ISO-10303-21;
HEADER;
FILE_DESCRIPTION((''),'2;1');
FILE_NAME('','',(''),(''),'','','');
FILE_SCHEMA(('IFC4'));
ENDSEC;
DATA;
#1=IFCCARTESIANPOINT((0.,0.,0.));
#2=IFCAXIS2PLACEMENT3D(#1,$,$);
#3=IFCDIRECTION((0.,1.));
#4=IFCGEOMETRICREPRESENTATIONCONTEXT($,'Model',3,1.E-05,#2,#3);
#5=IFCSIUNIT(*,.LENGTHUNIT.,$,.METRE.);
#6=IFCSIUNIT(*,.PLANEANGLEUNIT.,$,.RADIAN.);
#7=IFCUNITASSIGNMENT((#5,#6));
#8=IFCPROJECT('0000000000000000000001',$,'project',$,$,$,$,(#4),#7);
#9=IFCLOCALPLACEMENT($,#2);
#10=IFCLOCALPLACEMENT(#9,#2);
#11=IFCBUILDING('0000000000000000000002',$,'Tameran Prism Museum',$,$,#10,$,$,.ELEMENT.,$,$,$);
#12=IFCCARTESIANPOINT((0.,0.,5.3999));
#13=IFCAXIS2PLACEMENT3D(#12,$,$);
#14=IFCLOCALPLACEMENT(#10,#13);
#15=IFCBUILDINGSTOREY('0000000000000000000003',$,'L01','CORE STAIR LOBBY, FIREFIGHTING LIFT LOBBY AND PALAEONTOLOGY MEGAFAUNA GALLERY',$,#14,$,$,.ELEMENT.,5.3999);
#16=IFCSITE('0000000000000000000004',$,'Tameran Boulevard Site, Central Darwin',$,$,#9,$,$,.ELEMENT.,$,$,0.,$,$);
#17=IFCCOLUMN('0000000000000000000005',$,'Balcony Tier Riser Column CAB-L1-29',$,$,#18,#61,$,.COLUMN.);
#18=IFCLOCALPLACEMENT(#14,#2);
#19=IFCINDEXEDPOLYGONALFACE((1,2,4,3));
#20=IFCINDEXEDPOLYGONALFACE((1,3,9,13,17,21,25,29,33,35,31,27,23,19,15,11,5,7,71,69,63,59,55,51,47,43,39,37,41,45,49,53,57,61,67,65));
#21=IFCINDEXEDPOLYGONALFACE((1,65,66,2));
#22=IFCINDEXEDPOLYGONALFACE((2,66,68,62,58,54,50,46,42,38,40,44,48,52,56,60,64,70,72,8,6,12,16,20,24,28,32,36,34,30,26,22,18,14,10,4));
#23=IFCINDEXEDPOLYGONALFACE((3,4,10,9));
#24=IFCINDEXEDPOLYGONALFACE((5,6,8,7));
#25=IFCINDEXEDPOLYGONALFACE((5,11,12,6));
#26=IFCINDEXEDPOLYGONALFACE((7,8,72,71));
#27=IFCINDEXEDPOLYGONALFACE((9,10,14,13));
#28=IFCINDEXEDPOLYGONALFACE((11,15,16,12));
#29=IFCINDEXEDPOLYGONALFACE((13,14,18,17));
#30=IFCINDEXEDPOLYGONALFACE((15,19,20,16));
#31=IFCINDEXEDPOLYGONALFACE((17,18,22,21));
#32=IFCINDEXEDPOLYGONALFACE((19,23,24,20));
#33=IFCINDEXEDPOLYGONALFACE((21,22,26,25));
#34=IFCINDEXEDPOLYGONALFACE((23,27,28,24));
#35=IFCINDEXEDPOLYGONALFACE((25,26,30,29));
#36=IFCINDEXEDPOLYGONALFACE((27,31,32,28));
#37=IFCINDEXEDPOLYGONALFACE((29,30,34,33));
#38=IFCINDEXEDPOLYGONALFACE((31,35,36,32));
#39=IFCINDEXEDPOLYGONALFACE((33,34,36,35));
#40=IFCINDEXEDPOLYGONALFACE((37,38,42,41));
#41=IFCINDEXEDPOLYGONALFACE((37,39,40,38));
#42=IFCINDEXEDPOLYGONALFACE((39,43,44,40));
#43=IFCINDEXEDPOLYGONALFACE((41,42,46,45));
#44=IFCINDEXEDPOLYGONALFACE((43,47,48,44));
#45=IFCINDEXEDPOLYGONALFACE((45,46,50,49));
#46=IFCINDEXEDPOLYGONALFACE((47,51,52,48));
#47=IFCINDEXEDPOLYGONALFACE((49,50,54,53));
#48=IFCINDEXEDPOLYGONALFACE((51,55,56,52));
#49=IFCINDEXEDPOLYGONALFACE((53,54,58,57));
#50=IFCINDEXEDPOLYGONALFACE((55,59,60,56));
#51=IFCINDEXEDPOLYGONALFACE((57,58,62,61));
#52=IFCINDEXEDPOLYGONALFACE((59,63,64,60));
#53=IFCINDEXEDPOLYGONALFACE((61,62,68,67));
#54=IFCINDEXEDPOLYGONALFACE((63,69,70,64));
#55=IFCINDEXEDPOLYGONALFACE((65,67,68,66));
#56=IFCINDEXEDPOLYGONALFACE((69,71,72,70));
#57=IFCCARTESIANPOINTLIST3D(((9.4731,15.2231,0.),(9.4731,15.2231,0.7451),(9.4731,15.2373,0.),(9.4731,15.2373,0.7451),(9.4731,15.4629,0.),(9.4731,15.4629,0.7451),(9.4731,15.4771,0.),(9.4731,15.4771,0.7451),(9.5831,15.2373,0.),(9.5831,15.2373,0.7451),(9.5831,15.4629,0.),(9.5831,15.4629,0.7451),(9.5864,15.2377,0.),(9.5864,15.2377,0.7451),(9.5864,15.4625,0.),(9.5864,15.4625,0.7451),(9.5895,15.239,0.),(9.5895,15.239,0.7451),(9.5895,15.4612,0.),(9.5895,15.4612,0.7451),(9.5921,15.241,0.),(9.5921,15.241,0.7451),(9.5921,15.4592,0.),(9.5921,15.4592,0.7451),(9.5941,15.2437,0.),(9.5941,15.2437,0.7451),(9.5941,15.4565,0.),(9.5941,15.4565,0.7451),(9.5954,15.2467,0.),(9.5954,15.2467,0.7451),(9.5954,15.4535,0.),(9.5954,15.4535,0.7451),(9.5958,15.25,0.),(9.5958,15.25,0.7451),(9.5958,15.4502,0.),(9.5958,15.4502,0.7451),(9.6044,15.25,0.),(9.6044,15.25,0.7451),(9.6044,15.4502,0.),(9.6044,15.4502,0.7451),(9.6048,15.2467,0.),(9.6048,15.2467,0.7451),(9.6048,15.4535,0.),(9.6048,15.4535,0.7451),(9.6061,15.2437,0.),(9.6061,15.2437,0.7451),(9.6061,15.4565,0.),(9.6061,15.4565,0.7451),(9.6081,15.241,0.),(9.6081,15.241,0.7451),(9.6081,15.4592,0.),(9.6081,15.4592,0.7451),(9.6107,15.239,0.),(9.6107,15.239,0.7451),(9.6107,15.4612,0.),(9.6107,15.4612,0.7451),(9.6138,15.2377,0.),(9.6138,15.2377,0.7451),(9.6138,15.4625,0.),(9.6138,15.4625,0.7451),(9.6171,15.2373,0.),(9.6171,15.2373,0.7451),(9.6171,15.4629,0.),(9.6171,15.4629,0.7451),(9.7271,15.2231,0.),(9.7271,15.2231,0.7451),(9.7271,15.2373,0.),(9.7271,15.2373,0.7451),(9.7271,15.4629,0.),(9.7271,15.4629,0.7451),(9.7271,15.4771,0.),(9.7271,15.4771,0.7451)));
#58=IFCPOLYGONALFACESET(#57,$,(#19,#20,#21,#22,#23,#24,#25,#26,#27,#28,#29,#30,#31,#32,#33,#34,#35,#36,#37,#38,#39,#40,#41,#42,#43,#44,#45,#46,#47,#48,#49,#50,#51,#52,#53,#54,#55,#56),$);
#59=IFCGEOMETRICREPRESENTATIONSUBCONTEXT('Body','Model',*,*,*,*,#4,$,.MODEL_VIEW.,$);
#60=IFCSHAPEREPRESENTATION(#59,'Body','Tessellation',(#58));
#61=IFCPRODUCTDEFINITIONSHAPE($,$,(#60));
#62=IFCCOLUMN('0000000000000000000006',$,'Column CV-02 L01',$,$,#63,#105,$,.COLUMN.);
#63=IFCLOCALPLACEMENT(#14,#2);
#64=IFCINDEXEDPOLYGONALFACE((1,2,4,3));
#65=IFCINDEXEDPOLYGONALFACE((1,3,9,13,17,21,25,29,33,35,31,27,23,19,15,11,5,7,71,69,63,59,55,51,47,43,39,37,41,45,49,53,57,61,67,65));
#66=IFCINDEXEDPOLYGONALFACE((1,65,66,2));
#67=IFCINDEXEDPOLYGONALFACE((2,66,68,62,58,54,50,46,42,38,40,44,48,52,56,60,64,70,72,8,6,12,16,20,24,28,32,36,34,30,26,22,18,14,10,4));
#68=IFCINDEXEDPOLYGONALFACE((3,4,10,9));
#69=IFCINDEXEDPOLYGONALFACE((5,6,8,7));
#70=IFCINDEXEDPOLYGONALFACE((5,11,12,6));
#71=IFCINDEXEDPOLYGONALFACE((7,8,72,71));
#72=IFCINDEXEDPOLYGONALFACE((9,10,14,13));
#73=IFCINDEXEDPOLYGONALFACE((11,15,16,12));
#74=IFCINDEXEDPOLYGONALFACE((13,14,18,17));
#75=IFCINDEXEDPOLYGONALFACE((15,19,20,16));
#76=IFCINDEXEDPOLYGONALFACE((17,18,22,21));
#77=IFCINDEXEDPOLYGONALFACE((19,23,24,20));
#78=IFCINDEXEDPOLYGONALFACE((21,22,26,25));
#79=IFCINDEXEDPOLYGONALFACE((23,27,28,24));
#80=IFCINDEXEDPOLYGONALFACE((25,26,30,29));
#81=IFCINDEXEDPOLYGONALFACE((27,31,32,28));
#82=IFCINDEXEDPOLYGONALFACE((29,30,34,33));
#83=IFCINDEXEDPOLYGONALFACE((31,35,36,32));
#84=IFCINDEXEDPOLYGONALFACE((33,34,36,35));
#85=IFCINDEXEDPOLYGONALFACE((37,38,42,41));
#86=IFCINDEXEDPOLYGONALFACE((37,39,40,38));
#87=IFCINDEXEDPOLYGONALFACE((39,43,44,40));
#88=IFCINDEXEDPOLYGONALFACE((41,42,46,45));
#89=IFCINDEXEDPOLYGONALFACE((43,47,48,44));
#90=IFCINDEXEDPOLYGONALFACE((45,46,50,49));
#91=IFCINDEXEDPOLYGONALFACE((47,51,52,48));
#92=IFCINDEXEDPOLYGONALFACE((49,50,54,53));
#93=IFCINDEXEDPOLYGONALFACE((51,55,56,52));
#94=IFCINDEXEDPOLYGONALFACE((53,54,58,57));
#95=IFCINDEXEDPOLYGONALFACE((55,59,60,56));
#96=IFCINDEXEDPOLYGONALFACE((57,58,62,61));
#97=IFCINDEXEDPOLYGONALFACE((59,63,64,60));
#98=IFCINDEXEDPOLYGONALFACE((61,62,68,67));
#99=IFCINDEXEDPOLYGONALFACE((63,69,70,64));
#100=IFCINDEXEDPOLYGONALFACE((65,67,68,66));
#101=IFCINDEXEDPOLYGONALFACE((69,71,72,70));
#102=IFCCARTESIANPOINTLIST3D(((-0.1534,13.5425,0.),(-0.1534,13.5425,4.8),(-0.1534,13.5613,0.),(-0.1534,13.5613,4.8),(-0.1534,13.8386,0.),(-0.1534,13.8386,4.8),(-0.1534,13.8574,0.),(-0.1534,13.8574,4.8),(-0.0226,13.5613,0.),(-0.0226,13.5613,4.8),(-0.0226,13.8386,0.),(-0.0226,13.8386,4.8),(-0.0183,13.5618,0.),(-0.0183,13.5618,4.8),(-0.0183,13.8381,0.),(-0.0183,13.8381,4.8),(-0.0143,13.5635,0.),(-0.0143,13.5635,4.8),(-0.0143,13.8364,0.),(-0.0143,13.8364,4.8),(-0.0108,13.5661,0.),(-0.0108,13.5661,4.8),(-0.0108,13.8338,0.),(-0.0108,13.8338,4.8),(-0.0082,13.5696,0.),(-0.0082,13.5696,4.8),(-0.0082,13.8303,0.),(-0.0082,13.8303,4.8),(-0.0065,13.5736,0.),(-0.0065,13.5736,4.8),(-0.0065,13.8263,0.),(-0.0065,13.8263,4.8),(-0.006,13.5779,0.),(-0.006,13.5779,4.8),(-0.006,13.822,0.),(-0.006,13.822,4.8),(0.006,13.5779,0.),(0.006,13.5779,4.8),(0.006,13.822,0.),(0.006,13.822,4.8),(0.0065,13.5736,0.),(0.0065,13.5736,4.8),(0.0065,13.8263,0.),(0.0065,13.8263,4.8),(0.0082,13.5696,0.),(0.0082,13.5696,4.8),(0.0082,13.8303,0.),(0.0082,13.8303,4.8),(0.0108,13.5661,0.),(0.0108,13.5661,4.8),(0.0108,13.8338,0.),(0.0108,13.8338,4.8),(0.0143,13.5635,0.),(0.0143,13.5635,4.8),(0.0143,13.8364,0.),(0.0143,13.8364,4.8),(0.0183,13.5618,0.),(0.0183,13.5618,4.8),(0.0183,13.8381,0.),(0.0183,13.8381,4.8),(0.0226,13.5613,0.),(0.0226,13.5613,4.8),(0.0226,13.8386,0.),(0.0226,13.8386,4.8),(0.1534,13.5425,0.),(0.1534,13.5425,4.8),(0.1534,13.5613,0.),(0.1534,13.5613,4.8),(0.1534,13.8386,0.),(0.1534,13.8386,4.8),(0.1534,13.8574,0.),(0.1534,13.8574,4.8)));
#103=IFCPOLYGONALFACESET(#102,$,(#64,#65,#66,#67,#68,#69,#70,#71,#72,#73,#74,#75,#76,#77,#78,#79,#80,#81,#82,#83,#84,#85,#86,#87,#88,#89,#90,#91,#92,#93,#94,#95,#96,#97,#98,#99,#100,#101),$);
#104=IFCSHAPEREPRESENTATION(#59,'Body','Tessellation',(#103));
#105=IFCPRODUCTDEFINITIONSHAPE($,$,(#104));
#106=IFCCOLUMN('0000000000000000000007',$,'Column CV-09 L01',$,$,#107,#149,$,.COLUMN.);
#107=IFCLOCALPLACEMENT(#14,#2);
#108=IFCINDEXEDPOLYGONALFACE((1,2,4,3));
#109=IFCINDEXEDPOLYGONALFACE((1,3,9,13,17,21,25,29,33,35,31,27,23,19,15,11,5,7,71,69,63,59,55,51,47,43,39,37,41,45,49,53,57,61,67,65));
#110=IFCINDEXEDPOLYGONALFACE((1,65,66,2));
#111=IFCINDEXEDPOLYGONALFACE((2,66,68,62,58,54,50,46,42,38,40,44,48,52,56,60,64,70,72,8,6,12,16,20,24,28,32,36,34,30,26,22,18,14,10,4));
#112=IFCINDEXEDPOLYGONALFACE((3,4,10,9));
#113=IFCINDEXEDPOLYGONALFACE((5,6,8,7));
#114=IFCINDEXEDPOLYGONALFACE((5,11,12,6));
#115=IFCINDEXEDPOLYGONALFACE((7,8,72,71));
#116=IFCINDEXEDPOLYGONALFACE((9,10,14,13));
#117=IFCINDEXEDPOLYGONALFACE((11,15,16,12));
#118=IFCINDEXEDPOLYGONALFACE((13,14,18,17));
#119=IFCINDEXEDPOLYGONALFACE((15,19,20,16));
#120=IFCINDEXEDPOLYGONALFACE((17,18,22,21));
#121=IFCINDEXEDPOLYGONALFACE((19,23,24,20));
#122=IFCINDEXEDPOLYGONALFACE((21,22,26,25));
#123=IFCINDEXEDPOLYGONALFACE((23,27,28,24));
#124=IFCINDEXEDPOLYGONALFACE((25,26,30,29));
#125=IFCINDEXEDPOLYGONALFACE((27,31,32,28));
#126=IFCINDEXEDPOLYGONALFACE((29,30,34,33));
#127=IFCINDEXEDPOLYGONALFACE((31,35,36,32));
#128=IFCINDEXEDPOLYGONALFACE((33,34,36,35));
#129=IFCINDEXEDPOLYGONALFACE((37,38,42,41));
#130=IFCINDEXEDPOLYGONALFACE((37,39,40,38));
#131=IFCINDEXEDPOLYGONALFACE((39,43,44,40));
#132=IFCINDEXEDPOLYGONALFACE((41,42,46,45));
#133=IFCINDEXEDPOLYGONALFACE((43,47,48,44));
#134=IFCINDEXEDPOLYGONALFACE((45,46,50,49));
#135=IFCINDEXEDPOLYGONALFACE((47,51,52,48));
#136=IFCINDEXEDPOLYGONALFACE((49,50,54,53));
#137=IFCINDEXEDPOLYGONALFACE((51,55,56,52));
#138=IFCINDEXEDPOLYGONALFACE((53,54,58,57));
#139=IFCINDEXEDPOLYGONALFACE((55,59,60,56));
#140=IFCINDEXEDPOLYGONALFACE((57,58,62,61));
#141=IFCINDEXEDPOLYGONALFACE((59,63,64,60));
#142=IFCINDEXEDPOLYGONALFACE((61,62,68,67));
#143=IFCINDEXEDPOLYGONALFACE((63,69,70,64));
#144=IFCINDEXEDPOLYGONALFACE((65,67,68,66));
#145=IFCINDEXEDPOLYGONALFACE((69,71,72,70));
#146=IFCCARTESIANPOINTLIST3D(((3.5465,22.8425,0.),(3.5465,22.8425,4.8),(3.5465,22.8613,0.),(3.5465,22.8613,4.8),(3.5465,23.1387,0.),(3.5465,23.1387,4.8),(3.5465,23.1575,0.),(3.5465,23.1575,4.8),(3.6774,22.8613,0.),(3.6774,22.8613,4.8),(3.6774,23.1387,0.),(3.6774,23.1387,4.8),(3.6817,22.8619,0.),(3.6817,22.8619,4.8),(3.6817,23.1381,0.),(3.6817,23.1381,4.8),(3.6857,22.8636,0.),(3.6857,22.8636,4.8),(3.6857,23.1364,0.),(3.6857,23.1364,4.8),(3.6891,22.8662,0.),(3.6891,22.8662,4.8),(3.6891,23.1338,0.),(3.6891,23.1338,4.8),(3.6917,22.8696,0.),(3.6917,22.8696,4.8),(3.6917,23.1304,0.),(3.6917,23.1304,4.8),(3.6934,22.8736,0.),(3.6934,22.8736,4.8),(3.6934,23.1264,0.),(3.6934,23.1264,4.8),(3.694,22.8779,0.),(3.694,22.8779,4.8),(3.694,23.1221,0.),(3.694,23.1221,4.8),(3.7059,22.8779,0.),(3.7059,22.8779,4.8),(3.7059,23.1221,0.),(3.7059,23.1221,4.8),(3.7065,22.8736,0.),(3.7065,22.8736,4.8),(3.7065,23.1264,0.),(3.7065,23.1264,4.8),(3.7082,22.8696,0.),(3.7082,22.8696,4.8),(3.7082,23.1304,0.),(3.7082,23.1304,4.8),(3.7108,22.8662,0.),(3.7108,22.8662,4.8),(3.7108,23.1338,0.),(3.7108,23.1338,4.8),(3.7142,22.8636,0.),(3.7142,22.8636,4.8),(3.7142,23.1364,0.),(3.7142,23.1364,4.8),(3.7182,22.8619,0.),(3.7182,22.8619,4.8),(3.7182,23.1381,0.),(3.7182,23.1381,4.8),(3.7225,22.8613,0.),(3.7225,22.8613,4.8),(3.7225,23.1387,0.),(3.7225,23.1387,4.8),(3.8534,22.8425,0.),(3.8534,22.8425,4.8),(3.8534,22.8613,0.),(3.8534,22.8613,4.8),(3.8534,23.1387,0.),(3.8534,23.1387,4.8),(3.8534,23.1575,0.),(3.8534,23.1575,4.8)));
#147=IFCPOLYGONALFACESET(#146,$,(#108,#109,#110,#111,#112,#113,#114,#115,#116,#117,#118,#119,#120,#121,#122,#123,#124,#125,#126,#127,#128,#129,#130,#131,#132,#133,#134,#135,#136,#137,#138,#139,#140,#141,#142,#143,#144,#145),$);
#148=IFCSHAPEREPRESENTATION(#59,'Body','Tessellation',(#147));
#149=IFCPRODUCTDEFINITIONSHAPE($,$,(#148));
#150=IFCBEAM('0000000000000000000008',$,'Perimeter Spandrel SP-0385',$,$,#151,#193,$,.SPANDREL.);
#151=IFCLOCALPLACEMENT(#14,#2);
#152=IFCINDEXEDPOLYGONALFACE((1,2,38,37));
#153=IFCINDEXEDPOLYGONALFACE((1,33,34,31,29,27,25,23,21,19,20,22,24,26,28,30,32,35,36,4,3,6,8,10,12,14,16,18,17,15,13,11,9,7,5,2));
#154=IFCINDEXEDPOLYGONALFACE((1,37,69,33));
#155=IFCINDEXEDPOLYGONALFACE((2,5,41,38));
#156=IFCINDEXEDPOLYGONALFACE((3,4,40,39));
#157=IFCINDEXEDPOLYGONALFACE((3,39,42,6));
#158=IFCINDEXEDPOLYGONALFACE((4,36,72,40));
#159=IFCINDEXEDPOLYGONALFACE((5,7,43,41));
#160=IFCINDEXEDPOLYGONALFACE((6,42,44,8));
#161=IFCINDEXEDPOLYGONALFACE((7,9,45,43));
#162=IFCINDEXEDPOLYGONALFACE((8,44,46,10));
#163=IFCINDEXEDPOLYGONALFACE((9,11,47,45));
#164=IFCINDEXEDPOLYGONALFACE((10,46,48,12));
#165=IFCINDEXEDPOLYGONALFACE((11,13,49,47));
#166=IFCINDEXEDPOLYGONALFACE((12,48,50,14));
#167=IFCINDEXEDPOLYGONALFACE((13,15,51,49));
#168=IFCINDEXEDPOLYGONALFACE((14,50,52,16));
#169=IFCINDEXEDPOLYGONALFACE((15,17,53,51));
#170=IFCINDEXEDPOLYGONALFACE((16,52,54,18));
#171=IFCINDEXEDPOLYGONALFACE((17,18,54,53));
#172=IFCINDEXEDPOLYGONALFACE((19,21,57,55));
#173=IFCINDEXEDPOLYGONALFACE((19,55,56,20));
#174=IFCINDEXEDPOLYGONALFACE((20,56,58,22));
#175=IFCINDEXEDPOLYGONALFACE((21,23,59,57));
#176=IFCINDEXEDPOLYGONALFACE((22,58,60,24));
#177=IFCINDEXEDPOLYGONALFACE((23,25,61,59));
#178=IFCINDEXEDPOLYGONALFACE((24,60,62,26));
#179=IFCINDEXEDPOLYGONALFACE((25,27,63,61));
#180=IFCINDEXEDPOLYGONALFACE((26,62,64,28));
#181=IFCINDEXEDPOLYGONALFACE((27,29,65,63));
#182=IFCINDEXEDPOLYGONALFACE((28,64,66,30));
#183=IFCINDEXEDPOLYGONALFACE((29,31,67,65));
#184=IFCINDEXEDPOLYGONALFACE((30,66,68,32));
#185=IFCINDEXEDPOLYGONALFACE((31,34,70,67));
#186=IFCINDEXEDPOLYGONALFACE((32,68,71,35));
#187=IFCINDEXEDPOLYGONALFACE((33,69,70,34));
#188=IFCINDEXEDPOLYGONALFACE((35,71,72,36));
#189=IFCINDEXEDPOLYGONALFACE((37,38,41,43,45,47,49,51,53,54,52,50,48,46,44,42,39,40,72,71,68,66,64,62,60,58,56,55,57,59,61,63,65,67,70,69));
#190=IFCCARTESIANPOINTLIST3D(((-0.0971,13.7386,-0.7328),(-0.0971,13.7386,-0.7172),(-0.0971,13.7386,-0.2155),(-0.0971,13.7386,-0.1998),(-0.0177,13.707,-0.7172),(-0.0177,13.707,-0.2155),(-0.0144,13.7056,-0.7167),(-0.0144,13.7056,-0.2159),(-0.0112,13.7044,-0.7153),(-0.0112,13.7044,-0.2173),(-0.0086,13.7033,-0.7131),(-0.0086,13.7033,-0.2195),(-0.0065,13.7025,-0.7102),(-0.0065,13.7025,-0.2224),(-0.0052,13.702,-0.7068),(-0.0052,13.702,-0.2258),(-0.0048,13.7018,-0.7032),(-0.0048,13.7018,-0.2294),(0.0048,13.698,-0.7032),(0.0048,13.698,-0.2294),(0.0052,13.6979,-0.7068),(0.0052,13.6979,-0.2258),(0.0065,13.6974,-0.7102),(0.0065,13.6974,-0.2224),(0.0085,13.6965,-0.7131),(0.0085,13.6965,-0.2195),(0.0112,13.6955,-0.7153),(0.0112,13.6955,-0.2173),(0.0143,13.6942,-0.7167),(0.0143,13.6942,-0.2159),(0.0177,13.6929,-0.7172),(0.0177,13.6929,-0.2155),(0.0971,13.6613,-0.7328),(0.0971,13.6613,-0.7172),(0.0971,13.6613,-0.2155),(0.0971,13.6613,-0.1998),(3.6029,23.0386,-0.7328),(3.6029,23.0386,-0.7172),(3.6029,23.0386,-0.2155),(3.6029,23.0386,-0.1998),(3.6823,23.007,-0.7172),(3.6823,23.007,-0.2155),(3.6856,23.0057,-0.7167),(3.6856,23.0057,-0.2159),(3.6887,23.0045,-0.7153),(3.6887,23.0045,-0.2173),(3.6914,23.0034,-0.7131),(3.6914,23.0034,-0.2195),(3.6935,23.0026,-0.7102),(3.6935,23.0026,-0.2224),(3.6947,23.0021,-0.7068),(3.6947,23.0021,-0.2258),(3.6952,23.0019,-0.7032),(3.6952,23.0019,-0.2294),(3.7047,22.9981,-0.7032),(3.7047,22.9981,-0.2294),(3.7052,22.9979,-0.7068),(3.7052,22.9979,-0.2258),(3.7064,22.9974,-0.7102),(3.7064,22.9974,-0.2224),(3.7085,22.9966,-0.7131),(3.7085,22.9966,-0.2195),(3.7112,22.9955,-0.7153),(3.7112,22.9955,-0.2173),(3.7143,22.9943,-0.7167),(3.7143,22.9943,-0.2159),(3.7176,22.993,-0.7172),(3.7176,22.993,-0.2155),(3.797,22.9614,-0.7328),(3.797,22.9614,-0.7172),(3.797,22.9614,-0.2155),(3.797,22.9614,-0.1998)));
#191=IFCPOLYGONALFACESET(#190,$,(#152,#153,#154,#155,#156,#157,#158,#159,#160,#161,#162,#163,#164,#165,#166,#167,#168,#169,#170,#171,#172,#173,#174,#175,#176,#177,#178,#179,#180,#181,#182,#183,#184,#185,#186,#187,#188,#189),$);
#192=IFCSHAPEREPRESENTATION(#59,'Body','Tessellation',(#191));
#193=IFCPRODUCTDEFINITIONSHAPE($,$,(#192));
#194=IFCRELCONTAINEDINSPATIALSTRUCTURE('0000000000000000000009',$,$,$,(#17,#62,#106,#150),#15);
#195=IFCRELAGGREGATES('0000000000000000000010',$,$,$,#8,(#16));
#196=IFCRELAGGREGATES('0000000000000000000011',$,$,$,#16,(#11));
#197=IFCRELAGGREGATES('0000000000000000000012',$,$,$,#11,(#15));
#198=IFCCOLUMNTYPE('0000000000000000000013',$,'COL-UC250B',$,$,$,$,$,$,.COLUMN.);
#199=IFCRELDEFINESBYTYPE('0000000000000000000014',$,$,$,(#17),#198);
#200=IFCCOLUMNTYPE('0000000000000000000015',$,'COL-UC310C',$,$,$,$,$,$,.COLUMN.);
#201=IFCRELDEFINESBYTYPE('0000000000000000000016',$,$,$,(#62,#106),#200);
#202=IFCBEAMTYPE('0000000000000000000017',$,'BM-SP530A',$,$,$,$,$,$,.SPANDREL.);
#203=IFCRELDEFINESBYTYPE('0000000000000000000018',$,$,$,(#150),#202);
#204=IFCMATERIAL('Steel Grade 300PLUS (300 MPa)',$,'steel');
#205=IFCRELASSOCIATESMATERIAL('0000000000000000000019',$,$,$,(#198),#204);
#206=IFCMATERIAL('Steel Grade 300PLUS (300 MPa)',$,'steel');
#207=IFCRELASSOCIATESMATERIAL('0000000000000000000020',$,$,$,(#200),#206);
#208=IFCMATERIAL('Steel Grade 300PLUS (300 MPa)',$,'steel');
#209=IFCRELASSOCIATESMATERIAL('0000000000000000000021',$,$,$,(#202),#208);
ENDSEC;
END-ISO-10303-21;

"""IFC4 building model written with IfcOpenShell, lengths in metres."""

from ifc_helpers import new_model, si_unit, direction, frame, origin, origin_2d, place, context, subcontext, project, spatial, i_section, extrude, material, material_profile, profile_set, type_object, element, save


model = new_model("IFC4")

# Units and contexts
model_context = context("Model", 3, precision=1e-05, world=origin(), true_north=direction((0.0, 1.0)))
body_context = subcontext(model_context, "Body", "Model", "MODEL_VIEW")
ifc_project = project(units=[si_unit("LENGTHUNIT", "METRE"), si_unit("PLANEANGLEUNIT", "RADIAN")], contexts=[model_context])

# Site, building, storey
site_placement = place(None, origin())
site = spatial("IfcSite", under=ifc_project, at=site_placement, Name="Tameran Boulevard Site, Central Darwin", CompositionType="ELEMENT", RefElevation=0.0)
building_placement = place(site_placement, origin())
building = spatial("IfcBuilding", under=site, at=building_placement, Name="Tameran Prism Museum", CompositionType="ELEMENT")
storey_placement = place(building_placement, frame((0.0, 0.0, 5.3999)))
storey = spatial("IfcBuildingStorey", under=building, at=storey_placement, Name="L01", Description="CORE STAIR LOBBY, FIREFIGHTING LIFT LOBBY AND PALAEONTOLOGY MEGAFAUNA GALLERY", CompositionType="ELEMENT", Elevation=5.3999)

# Columns
ifc_material_1 = material(Name="Steel Grade 300PLUS (300 MPa)", Category="steel")
ifc_material_profile_1 = material_profile(ifc_material_1, i_section(OverallWidth=0.2539, OverallDepth=0.2539, WebThickness=0.0085, FlangeThickness=0.0142, FilletRadius=0.0127, at=origin_2d()))
ifc_profile_set_1 = profile_set([ifc_material_profile_1])
column_type_1 = type_object("IfcColumnType", Name="COL-UC250B", PredefinedType="COLUMN", material=ifc_profile_set_1)
column_placement = place(storey_placement, frame((9.6001, 15.3501, 0.0), z_axis=(0.0, 0.0, 1.0), x_axis=(1.0, 0.0, 0.0)))
element("IfcColumn", 1, at=column_placement, inside=storey, type_object=column_type_1, Name="Balcony Tier Riser Column CAB-L1-29", PredefinedType="COLUMN", context=body_context, shape_type="SweptSolid", body=[
    extrude(i_section(OverallWidth=0.2539, OverallDepth=0.2539, WebThickness=0.0085, FlangeThickness=0.0142, FilletRadius=0.0127, at=origin_2d()), origin(), (0.0, 0.0, 1.0), 0.7451),
])
ifc_material_2 = material(Name="Steel Grade 300PLUS (300 MPa)", Category="steel")
ifc_material_profile_2 = material_profile(ifc_material_2, i_section(OverallWidth=0.3069, OverallDepth=0.3149, WebThickness=0.012, FlangeThickness=0.0188, FilletRadius=0.0166, at=origin_2d()))
ifc_profile_set_2 = profile_set([ifc_material_profile_2])
column_type_2 = type_object("IfcColumnType", Name="COL-UC310C", PredefinedType="COLUMN", material=ifc_profile_set_2)
for number, where, z_axis, x_axis, name in (
    (2, (0.0, 13.7, 0.0), (0.0, 0.0, 1.0), (1.0, 0.0, 0.0), "Column CV-02 L01"),
    (3, (3.7, 23.0, 0.0), (0.0, 0.0, 1.0), (1.0, 0.0, 0.0), "Column CV-09 L01"),
):
    element("IfcColumn", number, at=place(storey_placement, frame(where, z_axis=z_axis, x_axis=x_axis)), inside=storey, type_object=column_type_2, Name=name, PredefinedType="COLUMN", context=body_context, shape_type="SweptSolid", body=[
        extrude(i_section(OverallWidth=0.3069, OverallDepth=0.3149, WebThickness=0.012, FlangeThickness=0.0188, FilletRadius=0.0166, at=origin_2d()), origin(), (0.0, 0.0, 1.0), 4.8),
    ])

# Beam
ifc_material_3 = material(Name="Steel Grade 300PLUS (300 MPa)", Category="steel")
ifc_material_profile_3 = material_profile(ifc_material_3, i_section(OverallWidth=0.209, OverallDepth=0.533, WebThickness=0.0103, FlangeThickness=0.0156, FilletRadius=0.0139, at=origin_2d()))
ifc_profile_set_3 = profile_set([ifc_material_profile_3])
beam_type_1 = type_object("IfcBeamType", Name="BM-SP530A", PredefinedType="SPANDREL", material=ifc_profile_set_3)
beam_1_placement = place(storey_placement, frame((3.7, 23.0, -0.4663), z_axis=(-0.369662, -0.929166, 0.0), x_axis=(0.929166, -0.369662, 0.0)))
element("IfcBeam", 4, at=beam_1_placement, inside=storey, type_object=beam_type_1, Name="Perimeter Spandrel SP-0385", PredefinedType="SPANDREL", context=body_context, shape_type="SweptSolid", body=[
    extrude(i_section(OverallWidth=0.209, OverallDepth=0.533, WebThickness=0.0103, FlangeThickness=0.0156, FilletRadius=0.0139, at=origin_2d()), origin(), (0.0, 0.0, 1.0), 10.009),
])

save(model, "model.ifc")
